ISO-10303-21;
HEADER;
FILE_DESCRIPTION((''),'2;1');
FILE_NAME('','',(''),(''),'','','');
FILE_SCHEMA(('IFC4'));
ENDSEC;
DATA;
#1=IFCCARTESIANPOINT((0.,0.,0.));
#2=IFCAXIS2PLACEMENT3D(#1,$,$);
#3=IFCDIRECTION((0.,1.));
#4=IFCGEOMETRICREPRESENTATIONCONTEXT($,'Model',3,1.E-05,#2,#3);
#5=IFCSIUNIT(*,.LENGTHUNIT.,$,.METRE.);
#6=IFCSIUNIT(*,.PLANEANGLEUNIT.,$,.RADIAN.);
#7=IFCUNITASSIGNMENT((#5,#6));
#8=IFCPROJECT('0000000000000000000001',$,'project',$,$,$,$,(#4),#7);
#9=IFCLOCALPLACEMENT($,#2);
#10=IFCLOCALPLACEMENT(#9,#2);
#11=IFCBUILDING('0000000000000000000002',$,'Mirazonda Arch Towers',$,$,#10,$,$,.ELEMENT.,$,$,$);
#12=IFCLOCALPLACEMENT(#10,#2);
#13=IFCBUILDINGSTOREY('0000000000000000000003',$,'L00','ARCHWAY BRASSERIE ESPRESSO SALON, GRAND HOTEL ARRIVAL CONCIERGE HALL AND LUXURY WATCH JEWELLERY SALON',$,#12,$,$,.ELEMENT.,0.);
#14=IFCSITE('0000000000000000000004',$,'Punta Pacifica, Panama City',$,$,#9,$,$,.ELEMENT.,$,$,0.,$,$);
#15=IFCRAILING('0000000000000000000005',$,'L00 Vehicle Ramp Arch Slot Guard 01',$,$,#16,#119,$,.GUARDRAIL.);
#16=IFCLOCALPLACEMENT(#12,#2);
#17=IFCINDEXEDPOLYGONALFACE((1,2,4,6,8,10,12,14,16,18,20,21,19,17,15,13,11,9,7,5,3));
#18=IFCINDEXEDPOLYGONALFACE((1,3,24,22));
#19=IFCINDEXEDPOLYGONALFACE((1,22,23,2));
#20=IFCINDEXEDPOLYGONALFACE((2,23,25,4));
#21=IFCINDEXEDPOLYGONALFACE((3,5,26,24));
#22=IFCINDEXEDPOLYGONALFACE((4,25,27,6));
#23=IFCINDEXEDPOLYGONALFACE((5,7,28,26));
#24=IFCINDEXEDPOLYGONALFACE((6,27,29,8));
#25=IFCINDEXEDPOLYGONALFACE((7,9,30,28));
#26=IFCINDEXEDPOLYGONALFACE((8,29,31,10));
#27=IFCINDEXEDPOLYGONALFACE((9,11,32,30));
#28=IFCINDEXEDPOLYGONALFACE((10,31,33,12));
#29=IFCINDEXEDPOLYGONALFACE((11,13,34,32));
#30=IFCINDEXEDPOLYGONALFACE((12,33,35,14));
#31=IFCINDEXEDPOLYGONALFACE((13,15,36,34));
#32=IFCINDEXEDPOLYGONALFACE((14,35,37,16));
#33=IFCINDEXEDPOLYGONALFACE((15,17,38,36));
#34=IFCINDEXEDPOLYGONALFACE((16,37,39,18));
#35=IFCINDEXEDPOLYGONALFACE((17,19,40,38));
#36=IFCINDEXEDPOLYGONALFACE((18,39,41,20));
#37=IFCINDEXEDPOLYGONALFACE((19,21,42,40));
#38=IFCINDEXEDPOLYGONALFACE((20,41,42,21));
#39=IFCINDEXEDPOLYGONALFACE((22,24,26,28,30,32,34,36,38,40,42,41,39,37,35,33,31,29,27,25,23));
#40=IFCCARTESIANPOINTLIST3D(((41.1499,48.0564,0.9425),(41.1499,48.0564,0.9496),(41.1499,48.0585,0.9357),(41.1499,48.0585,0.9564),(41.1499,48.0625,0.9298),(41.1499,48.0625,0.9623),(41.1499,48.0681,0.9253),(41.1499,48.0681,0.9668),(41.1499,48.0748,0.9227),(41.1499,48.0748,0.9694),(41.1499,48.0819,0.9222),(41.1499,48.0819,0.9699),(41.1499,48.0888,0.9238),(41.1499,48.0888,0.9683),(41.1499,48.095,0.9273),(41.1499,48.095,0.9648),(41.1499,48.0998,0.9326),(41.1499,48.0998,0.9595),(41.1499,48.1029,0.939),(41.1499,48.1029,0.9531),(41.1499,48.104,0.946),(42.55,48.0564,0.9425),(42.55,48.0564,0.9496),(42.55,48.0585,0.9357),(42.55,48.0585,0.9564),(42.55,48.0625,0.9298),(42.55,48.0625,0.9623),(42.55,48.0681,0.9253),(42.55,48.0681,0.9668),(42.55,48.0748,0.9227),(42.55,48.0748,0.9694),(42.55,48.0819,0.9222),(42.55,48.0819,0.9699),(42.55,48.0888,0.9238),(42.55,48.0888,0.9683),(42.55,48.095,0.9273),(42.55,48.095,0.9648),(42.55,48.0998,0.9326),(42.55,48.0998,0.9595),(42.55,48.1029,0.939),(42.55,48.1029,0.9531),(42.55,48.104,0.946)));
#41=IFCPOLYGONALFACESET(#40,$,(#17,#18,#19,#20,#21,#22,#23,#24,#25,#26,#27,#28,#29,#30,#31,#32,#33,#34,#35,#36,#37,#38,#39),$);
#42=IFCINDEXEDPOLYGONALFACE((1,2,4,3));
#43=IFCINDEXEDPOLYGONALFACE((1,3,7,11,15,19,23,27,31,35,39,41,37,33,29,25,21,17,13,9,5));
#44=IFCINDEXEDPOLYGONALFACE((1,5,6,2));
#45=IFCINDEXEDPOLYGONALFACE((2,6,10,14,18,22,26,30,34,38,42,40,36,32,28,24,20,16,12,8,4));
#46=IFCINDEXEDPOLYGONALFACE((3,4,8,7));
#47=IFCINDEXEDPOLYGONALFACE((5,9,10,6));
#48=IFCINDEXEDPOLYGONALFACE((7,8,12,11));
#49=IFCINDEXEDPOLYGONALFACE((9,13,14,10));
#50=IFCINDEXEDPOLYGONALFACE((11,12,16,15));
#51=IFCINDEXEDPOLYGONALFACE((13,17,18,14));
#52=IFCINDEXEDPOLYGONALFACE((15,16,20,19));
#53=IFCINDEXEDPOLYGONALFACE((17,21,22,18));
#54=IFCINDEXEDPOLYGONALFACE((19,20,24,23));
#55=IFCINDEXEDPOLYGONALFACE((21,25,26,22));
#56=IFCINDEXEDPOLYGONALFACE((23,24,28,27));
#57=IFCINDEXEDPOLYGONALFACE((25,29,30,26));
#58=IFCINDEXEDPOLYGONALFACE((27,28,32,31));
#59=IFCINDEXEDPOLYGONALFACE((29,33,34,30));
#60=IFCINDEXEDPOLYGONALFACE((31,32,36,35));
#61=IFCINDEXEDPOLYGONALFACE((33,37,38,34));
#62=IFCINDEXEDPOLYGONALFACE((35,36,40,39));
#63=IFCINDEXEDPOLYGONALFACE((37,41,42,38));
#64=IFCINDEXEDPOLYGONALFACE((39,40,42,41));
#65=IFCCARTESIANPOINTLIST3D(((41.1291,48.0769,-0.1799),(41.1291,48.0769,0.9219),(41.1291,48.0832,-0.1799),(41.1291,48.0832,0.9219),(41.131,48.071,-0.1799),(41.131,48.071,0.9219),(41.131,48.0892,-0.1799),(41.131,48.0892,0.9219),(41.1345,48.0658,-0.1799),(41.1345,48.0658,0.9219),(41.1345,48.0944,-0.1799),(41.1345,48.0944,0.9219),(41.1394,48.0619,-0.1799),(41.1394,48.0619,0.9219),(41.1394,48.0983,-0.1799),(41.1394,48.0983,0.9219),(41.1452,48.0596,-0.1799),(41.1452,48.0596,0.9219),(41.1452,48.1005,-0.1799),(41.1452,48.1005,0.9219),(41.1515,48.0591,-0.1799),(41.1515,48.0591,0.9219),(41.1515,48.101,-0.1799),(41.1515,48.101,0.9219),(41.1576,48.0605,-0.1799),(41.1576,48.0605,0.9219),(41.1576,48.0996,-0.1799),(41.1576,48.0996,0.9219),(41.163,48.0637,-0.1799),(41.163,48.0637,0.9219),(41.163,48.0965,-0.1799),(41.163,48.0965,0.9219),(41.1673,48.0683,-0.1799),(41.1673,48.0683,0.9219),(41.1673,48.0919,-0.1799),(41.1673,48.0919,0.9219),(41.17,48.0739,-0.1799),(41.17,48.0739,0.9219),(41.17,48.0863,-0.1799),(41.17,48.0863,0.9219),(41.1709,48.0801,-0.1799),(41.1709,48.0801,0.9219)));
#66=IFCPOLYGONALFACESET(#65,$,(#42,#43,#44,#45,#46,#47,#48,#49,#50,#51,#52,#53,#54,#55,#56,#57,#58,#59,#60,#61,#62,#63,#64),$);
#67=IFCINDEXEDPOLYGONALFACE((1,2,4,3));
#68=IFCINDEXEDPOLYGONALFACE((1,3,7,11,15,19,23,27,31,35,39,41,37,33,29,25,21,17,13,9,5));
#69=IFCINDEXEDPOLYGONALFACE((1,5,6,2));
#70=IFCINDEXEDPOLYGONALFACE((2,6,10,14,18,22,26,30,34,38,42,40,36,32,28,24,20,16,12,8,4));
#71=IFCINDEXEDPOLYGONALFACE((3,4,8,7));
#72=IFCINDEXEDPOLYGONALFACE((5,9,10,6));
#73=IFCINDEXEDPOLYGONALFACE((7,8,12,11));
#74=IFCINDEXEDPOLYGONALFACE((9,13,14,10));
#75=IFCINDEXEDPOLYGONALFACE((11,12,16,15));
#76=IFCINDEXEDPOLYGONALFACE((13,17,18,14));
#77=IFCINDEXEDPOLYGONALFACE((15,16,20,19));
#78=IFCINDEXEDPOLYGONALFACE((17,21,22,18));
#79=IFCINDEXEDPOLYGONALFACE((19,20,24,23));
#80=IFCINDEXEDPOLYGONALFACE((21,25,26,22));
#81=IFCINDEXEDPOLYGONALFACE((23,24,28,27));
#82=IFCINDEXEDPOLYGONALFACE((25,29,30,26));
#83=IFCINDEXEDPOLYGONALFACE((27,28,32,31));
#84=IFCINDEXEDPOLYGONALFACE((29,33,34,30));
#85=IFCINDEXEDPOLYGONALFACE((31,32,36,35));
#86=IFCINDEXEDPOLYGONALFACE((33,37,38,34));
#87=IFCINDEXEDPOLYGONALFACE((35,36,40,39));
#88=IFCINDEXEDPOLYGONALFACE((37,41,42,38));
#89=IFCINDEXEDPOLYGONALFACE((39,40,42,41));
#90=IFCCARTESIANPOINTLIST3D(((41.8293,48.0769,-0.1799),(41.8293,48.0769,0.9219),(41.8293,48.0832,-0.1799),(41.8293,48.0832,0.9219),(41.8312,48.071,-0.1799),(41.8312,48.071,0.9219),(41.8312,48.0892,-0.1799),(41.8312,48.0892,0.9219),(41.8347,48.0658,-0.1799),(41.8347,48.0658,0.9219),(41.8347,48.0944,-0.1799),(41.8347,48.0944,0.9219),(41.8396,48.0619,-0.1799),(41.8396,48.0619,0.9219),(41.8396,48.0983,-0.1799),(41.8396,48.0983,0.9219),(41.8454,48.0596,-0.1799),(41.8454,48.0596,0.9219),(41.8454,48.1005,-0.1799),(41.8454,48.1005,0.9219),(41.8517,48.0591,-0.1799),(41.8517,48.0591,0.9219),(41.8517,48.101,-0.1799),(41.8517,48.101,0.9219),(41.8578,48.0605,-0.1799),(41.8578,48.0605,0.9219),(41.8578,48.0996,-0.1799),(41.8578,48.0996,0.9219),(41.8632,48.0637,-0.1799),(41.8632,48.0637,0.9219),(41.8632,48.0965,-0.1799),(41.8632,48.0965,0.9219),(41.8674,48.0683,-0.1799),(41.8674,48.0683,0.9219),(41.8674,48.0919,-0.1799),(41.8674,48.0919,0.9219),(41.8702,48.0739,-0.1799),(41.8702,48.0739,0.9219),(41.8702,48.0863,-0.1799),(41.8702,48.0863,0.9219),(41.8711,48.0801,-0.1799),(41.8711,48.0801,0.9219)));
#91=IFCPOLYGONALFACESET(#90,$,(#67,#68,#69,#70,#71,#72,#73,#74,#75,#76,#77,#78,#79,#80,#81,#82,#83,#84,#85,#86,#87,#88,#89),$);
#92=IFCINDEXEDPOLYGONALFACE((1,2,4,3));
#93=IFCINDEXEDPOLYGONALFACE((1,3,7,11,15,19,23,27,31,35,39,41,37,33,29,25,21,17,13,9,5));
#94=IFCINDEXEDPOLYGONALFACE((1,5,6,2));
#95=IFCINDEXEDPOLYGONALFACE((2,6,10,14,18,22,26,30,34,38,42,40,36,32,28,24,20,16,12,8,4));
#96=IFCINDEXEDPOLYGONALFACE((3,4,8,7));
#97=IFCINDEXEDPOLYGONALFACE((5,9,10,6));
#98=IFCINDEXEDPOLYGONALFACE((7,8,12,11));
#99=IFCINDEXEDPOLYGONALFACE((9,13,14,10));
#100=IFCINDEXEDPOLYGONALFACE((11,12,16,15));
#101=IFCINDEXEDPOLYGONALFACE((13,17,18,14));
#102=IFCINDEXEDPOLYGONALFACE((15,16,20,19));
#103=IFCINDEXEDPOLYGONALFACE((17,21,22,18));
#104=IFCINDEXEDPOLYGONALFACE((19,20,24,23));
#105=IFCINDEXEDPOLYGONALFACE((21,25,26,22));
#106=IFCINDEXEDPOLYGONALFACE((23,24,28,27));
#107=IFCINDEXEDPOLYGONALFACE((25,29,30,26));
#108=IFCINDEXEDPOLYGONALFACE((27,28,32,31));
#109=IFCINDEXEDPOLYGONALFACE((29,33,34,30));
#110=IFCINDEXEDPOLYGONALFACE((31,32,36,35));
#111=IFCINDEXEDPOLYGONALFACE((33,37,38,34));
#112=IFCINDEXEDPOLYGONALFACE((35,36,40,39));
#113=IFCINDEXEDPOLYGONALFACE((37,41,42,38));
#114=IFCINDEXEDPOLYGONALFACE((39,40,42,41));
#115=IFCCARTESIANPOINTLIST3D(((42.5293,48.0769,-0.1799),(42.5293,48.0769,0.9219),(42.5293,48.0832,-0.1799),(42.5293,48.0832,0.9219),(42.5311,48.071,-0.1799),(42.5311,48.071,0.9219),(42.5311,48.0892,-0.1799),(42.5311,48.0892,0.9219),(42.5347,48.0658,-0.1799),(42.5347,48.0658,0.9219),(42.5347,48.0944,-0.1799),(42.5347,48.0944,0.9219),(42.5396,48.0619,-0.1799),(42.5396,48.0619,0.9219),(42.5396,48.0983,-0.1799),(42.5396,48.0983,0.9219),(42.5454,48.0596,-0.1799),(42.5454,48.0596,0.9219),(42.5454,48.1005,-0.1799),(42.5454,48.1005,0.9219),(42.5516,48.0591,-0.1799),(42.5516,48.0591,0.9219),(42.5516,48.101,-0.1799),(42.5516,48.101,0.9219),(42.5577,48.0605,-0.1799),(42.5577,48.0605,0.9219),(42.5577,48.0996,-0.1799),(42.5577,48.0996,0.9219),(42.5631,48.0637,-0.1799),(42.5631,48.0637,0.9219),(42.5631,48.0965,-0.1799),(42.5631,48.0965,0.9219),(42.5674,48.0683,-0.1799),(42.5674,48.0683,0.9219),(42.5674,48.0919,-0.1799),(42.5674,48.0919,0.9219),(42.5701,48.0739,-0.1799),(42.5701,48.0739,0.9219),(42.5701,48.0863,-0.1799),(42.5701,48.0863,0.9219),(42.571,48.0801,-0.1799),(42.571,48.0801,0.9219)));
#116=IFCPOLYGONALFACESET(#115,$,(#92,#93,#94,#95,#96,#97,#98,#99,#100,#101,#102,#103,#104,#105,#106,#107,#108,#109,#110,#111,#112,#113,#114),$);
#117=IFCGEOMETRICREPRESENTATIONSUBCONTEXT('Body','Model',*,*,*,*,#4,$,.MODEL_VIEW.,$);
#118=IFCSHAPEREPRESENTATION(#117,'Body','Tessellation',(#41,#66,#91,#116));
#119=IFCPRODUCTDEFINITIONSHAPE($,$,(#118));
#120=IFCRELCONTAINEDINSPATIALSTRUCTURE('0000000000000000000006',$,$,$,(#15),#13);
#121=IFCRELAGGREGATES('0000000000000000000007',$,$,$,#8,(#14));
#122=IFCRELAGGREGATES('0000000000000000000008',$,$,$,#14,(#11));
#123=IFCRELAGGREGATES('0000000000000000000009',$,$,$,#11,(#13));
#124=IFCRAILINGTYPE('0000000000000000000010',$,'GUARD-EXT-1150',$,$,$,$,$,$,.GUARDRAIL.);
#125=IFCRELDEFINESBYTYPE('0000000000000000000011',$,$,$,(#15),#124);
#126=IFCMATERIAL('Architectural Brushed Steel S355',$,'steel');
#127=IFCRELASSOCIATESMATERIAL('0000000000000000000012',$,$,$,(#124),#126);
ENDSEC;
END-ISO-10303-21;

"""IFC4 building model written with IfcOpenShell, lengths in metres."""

from ifc_helpers import new_model, si_unit, direction, frame, origin, origin_2d, place, context, subcontext, project, spatial, circle, extrude, material, type_object, element, save


model = new_model("IFC4")

# Units and contexts
model_context = context("Model", 3, precision=1e-05, world=origin(), true_north=direction((0.0, 1.0)))
body_context = subcontext(model_context, "Body", "Model", "MODEL_VIEW")
ifc_project = project(units=[si_unit("LENGTHUNIT", "METRE"), si_unit("PLANEANGLEUNIT", "RADIAN")], contexts=[model_context])

# Site, building, storey
site_placement = place(None, origin())
site = spatial("IfcSite", under=ifc_project, at=site_placement, Name="Punta Pacifica, Panama City", CompositionType="ELEMENT", RefElevation=0.0)
building_placement = place(site_placement, origin())
building = spatial("IfcBuilding", under=site, at=building_placement, Name="Mirazonda Arch Towers", CompositionType="ELEMENT")
storey_placement = place(building_placement, origin())
storey = spatial("IfcBuildingStorey", under=building, at=storey_placement, Name="L00", Description="ARCHWAY BRASSERIE ESPRESSO SALON, GRAND HOTEL ARRIVAL CONCIERGE HALL AND LUXURY WATCH JEWELLERY SALON", CompositionType="ELEMENT", Elevation=0.0)

# Railing
ifc_material_1 = material(Name="Architectural Brushed Steel S355", Category="steel")
railing_type_1 = type_object("IfcRailingType", Name="GUARD-EXT-1150", PredefinedType="GUARDRAIL", material=ifc_material_1)
railing_1_placement = place(storey_placement, frame((41.1499, 48.0801, -0.1799)))
element("IfcRailing", 1, at=railing_1_placement, inside=storey, type_object=railing_type_1, Name="L00 Vehicle Ramp Arch Slot Guard 01", PredefinedType="GUARDRAIL", context=body_context, shape_type="SweptSolid", body=[
    extrude(circle(Radius=0.0239, at=origin_2d()), frame((0.0, 0.0, 1.126), z_axis=(1.0, 0.0, 0.0), x_axis=(0.0, 1.0, 0.0)), (0.0, 0.0, 1.0), 1.4001),
    extrude(circle(Radius=0.021, at=origin_2d()), origin(), (0.0, 0.0, 1.0), 1.1018),
    extrude(circle(Radius=0.021, at=origin_2d()), frame((0.7002, 0.0, 0.0)), (0.0, 0.0, 1.0), 1.1018),
    extrude(circle(Radius=0.021, at=origin_2d()), frame((1.4001, 0.0, 0.0)), (0.0, 0.0, 1.0), 1.1018),
])

save(model, "model.ifc")
